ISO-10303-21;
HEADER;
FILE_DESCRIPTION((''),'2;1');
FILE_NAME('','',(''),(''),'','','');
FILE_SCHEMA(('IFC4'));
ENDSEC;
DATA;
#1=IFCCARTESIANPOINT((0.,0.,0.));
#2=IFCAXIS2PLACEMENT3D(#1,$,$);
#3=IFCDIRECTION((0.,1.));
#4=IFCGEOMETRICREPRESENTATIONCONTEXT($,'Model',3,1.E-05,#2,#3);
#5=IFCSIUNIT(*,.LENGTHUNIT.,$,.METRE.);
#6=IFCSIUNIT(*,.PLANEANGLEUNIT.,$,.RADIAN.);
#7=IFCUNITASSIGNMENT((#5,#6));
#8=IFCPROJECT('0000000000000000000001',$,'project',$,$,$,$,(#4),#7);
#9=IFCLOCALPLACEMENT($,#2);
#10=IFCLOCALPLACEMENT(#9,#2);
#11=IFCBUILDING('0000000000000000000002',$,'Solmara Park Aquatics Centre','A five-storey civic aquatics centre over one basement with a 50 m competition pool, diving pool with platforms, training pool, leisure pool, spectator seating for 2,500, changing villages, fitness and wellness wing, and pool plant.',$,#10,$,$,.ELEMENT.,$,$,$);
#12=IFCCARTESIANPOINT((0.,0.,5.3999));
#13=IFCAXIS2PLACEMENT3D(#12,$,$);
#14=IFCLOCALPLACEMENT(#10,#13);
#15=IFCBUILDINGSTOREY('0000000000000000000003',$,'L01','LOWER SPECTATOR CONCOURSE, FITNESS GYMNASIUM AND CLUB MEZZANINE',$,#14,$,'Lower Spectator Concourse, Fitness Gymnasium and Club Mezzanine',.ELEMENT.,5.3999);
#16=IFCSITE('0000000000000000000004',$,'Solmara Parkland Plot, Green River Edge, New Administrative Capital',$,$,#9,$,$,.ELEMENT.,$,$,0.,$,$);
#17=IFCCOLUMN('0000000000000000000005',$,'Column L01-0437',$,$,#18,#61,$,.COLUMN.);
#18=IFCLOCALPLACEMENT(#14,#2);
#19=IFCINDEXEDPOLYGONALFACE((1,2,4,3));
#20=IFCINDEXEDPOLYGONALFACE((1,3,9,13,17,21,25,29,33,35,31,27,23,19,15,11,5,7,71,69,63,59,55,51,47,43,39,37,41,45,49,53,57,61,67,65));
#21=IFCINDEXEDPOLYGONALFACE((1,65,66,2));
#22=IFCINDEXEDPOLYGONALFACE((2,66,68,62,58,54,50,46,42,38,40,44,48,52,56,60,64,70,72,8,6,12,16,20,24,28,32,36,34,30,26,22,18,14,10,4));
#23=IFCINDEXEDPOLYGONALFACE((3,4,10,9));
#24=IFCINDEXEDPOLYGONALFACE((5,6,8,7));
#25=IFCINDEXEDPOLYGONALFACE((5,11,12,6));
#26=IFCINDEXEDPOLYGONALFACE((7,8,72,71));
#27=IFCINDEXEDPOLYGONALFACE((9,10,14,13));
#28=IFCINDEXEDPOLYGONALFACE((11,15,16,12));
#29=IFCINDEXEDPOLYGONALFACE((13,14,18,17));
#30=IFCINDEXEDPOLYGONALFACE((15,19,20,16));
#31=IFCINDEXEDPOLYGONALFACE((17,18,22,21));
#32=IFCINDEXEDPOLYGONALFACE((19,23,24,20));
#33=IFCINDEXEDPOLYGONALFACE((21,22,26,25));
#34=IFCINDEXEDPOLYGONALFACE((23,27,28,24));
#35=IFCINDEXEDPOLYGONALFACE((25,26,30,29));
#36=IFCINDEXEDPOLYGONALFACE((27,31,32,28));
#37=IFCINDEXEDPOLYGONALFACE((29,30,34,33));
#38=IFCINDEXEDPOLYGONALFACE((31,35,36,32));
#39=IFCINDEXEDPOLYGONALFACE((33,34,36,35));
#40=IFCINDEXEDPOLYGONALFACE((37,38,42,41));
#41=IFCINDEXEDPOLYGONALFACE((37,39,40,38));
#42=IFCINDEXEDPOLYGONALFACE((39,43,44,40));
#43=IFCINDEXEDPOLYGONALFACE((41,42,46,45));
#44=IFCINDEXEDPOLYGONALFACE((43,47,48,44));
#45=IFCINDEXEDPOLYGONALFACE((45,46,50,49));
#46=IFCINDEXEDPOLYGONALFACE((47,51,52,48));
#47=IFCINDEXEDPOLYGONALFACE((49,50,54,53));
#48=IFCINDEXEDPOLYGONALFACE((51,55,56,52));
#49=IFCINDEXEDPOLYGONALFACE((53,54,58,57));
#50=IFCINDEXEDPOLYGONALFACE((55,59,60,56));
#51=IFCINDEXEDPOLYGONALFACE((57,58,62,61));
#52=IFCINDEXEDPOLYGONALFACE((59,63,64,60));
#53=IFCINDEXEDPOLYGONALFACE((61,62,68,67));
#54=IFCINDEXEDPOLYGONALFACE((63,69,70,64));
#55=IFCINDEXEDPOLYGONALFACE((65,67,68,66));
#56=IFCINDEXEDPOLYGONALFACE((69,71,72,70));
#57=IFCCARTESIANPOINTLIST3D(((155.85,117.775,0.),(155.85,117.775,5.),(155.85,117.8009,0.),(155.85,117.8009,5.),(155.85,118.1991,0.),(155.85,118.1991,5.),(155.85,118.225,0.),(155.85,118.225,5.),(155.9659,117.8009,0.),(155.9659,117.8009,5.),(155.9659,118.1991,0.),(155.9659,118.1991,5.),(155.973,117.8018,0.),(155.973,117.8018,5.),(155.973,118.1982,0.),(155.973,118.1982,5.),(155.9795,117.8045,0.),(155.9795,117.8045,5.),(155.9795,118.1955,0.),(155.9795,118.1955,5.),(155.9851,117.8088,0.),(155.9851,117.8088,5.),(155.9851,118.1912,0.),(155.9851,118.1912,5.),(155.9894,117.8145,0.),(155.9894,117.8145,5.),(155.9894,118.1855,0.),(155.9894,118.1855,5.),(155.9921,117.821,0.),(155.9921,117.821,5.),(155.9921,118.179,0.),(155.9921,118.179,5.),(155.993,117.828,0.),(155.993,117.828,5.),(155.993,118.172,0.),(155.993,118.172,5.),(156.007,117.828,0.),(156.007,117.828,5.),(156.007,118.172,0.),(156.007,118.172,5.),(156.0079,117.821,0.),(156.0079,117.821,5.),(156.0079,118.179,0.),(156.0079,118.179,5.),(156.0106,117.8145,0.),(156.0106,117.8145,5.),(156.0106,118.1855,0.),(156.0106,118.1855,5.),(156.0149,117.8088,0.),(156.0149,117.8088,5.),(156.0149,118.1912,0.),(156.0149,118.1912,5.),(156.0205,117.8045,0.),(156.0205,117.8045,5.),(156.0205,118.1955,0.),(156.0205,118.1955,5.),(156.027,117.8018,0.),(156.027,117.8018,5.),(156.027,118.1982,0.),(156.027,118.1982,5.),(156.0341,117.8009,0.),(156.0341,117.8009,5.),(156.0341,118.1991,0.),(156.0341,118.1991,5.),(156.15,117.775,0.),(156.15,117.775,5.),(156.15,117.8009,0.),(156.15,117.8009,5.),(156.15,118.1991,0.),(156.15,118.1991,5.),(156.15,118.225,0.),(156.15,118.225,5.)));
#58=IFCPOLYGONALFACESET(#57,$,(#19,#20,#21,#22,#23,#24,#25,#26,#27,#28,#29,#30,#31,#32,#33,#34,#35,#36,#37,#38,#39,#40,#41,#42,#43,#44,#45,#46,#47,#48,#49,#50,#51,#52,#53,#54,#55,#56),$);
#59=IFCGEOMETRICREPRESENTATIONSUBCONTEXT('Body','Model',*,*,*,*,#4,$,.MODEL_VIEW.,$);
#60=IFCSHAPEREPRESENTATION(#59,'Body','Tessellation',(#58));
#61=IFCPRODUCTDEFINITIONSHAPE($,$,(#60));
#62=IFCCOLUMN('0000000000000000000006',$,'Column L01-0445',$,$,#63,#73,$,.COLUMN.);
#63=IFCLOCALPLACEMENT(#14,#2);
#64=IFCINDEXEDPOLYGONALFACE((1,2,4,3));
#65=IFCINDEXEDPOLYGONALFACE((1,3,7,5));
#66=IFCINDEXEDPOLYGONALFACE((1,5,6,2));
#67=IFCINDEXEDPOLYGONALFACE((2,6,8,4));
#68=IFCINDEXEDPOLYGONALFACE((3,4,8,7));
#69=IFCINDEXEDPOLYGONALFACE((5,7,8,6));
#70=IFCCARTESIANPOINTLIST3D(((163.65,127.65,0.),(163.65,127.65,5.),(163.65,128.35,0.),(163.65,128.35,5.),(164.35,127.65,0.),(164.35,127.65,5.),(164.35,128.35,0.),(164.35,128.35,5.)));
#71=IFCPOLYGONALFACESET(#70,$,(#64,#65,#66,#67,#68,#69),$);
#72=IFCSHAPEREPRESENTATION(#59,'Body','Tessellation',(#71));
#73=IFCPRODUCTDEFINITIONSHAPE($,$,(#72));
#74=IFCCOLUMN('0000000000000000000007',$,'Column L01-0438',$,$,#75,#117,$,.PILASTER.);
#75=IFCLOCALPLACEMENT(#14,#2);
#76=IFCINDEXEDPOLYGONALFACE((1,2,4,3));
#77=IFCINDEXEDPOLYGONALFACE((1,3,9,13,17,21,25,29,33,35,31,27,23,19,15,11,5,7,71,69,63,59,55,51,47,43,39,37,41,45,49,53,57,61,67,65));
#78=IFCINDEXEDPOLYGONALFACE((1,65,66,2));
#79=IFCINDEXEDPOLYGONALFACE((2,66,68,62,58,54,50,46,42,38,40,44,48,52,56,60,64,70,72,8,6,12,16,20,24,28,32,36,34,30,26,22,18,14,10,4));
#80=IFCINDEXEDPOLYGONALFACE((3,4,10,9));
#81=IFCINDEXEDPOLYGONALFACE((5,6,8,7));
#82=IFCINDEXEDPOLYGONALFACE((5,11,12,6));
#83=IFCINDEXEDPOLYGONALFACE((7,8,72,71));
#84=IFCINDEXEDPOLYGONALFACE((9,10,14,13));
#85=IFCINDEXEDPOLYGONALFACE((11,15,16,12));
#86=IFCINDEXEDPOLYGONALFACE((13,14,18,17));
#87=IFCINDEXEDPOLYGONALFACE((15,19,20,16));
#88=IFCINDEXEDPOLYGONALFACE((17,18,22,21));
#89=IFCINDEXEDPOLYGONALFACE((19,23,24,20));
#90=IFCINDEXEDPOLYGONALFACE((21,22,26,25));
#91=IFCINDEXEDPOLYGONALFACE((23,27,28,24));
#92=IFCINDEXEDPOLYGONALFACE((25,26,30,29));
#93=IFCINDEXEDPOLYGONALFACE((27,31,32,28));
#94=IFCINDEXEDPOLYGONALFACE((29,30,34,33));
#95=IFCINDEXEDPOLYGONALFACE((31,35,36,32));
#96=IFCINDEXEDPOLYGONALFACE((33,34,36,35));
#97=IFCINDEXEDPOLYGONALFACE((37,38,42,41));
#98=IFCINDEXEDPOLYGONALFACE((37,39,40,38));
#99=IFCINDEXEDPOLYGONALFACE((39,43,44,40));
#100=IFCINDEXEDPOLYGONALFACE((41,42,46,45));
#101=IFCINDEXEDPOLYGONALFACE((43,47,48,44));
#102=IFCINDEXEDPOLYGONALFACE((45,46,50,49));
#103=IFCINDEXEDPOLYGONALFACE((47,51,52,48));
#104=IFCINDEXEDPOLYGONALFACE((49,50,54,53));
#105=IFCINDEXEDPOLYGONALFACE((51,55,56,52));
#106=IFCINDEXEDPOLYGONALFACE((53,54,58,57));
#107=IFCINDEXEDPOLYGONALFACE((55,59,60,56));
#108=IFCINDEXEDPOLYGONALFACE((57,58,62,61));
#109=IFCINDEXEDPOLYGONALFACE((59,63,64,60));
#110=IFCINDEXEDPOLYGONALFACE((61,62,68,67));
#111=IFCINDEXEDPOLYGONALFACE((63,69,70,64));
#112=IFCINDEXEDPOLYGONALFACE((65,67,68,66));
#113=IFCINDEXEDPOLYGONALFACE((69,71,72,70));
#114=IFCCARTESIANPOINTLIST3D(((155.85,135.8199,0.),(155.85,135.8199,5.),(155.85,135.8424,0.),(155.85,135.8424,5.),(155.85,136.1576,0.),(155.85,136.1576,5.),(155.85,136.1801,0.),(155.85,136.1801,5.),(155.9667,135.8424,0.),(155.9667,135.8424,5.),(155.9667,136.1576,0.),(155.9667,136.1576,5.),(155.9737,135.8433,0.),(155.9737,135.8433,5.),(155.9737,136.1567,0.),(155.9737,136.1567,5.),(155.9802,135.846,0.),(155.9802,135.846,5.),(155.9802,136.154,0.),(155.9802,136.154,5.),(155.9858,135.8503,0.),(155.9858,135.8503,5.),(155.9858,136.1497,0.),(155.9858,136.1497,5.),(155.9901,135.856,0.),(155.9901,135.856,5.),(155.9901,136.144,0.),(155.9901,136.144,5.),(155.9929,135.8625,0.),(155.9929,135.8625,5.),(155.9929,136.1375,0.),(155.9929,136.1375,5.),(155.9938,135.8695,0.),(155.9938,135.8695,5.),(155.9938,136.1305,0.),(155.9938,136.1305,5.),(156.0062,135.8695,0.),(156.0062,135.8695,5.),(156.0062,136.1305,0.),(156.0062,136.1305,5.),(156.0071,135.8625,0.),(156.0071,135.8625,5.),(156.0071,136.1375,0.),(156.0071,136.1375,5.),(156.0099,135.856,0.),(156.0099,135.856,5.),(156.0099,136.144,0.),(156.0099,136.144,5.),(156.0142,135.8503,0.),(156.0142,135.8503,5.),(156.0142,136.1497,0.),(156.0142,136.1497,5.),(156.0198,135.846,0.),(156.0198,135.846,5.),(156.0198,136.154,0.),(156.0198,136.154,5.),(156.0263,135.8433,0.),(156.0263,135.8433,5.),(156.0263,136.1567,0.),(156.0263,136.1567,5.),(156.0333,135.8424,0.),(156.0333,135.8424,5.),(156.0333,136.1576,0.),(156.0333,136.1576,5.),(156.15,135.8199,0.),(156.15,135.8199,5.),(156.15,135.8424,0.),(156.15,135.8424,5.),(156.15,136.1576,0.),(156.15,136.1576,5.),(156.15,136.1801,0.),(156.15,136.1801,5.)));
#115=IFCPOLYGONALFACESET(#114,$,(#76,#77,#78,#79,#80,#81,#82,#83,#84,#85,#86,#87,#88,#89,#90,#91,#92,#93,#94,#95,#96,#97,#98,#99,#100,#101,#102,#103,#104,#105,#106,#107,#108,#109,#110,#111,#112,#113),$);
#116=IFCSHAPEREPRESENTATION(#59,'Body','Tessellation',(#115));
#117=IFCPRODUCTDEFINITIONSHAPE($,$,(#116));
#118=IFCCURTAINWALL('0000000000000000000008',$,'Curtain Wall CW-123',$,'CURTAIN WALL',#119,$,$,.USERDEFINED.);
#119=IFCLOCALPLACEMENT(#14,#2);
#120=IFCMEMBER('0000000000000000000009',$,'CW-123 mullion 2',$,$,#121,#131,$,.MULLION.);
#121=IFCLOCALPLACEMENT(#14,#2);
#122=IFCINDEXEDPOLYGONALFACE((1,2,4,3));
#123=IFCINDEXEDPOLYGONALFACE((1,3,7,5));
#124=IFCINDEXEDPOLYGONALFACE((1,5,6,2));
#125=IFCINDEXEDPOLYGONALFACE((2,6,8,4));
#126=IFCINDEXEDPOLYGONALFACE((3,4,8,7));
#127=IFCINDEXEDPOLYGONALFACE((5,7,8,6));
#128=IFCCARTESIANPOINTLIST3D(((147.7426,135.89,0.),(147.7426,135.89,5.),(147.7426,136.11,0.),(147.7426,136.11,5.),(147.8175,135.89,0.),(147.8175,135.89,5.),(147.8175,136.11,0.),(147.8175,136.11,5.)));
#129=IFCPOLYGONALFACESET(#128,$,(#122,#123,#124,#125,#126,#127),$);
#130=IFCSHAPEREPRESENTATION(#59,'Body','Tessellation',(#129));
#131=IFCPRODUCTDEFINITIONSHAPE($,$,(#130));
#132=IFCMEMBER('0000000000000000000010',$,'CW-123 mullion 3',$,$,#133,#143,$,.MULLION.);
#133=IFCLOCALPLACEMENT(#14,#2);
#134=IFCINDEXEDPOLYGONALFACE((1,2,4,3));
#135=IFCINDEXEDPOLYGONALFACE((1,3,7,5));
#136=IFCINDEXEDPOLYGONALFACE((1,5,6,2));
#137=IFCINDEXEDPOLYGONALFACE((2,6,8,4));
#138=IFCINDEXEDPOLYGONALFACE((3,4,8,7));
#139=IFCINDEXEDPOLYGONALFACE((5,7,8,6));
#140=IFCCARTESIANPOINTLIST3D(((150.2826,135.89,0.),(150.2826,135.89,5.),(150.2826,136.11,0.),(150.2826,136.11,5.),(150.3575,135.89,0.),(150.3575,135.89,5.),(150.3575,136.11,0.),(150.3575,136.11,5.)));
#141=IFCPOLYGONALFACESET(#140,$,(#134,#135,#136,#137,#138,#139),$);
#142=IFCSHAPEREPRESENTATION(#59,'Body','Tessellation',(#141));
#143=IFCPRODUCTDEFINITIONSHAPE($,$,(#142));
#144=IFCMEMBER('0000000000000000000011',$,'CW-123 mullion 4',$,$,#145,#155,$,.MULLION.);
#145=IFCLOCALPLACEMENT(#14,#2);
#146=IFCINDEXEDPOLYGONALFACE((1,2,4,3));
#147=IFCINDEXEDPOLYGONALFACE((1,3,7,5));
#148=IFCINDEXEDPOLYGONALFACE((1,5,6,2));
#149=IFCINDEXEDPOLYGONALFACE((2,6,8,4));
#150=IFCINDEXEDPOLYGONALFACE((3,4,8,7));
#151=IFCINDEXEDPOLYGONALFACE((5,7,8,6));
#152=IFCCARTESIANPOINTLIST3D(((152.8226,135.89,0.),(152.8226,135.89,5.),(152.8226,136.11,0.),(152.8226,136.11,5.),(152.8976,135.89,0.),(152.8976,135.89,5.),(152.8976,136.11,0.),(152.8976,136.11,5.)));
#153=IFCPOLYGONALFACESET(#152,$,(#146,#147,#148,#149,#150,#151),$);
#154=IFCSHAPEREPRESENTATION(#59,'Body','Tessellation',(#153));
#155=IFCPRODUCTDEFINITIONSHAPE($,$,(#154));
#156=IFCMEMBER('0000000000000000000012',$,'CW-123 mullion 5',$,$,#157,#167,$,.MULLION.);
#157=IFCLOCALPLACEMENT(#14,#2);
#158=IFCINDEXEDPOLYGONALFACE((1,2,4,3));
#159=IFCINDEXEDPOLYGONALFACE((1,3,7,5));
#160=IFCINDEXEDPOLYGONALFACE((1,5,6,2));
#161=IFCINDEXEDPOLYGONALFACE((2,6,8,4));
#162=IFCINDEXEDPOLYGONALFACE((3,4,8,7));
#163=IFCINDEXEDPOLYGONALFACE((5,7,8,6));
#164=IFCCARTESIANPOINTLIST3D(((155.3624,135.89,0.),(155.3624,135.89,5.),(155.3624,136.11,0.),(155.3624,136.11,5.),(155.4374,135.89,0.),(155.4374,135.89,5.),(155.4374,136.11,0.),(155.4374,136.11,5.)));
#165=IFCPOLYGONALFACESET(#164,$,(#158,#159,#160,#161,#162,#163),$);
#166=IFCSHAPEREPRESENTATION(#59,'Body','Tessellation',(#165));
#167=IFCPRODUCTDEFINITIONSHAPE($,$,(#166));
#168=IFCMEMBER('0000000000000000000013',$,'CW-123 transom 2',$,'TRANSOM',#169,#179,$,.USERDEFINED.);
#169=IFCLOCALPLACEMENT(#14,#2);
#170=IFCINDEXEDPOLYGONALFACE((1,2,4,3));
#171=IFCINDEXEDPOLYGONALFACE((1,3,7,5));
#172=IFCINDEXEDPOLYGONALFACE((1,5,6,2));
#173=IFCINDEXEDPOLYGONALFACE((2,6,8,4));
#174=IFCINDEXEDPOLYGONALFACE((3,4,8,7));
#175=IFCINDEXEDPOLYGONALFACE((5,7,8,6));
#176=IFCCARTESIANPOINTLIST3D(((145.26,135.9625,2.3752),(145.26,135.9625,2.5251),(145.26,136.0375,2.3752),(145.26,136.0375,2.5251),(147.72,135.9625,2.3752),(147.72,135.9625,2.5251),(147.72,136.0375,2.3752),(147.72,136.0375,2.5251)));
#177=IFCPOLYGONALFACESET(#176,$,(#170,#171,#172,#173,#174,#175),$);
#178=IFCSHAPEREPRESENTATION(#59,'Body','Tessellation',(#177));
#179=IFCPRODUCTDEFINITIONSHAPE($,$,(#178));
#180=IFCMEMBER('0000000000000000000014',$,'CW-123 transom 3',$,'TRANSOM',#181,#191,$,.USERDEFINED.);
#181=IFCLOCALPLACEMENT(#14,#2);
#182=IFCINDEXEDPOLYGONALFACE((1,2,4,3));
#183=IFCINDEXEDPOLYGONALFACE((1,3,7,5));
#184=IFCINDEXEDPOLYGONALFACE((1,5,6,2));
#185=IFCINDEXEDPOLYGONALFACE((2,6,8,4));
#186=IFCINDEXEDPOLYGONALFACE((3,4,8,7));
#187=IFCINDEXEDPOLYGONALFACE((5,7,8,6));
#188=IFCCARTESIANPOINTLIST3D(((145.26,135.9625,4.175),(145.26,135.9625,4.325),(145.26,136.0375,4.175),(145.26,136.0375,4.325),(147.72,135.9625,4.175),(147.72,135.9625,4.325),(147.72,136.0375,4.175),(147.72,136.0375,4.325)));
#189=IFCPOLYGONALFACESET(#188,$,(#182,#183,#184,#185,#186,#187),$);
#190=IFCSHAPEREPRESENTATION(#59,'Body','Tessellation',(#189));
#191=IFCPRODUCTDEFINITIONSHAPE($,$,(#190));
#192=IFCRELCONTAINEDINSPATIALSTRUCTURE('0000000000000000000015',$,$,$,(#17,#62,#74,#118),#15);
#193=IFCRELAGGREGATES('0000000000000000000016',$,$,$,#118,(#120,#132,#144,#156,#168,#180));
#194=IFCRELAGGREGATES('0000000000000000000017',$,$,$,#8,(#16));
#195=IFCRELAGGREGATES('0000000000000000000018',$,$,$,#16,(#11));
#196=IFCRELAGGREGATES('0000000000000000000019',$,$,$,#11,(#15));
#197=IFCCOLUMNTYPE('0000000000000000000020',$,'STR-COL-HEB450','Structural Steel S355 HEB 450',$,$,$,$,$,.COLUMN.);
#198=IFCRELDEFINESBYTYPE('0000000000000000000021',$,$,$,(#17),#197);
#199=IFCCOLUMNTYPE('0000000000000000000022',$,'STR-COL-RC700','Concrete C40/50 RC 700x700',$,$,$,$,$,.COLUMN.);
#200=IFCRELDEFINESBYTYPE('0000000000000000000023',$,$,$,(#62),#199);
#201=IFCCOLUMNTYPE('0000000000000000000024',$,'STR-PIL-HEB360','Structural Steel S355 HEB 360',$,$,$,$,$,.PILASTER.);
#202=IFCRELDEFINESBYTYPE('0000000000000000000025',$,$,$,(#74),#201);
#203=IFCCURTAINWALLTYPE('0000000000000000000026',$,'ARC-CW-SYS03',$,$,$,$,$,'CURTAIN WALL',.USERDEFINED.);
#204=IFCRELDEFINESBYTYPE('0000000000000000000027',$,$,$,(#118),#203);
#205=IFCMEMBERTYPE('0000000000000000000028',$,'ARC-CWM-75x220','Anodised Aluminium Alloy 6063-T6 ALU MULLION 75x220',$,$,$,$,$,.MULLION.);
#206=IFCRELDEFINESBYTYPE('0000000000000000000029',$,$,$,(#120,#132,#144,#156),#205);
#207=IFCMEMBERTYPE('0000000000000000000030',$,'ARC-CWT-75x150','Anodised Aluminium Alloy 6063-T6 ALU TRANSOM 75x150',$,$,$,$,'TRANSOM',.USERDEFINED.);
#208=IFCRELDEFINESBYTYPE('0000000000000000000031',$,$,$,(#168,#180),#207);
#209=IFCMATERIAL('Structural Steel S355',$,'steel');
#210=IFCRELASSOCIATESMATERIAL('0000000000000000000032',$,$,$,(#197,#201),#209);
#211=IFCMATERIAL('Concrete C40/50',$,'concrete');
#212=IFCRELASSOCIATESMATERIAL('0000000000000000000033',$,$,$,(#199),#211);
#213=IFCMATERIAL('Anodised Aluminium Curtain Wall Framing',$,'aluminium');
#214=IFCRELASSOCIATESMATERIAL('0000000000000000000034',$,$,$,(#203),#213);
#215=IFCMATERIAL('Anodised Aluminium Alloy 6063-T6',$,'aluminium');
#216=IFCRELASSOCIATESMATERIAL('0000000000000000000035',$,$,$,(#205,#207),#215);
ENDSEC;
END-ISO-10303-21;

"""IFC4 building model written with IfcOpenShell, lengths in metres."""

from ifc_helpers import new_model, si_unit, direction, frame, origin, origin_2d, place, context, subcontext, project, spatial, rectangle, i_section, extrude, material, material_profile, profile_set, type_object, element, aggregate, save


model = new_model("IFC4")

# Units and contexts
model_context = context("Model", 3, precision=1e-05, world=origin(), true_north=direction((0.0, 1.0)))
body_context = subcontext(model_context, "Body", "Model", "MODEL_VIEW")
ifc_project = project(units=[si_unit("LENGTHUNIT", "METRE"), si_unit("PLANEANGLEUNIT", "RADIAN")], contexts=[model_context])

# Site, building, storey
site_placement = place(None, origin())
site = spatial("IfcSite", under=ifc_project, at=site_placement, Name="Solmara Parkland Plot, Green River Edge, New Administrative Capital", CompositionType="ELEMENT", RefElevation=0.0)
building_placement = place(site_placement, origin())
building = spatial("IfcBuilding", under=site, at=building_placement, Name="Solmara Park Aquatics Centre", Description="A five-storey civic aquatics centre over one basement with a 50 m competition pool, diving pool with platforms, training pool, leisure pool, spectator seating for 2,500, changing villages, fitness and wellness wing, and pool plant.", CompositionType="ELEMENT")
storey_placement = place(building_placement, frame((0.0, 0.0, 5.3999)))
storey = spatial("IfcBuildingStorey", under=building, at=storey_placement, Name="L01", Description="LOWER SPECTATOR CONCOURSE, FITNESS GYMNASIUM AND CLUB MEZZANINE", LongName="Lower Spectator Concourse, Fitness Gymnasium and Club Mezzanine", CompositionType="ELEMENT", Elevation=5.3999)

# Columns
ifc_material_1 = material(Name="Structural Steel S355", Category="steel")
ifc_material_profile_1 = material_profile(ifc_material_1, i_section(OverallWidth=0.3, OverallDepth=0.45, WebThickness=0.0139, FlangeThickness=0.0259, FilletRadius=0.0271, at=origin_2d()), Name="HEB 450")
ifc_profile_set_1 = profile_set([ifc_material_profile_1], Name="Structural Steel S355")
column_type_1 = type_object("IfcColumnType", Name="STR-COL-HEB450", Description="Structural Steel S355 HEB 450", PredefinedType="COLUMN", material=ifc_profile_set_1)
column_1_placement = place(storey_placement, frame((156.0, 118.0, 0.0), z_axis=(0.0, 0.0, 1.0), x_axis=(1.0, 0.0, 0.0)))
element("IfcColumn", 1, at=column_1_placement, inside=storey, type_object=column_type_1, Name="Column L01-0437", PredefinedType="COLUMN", context=body_context, shape_type="SweptSolid", body=[
    extrude(i_section(OverallWidth=0.3, OverallDepth=0.45, WebThickness=0.0139, FlangeThickness=0.0259, FilletRadius=0.0271, at=origin_2d()), origin(), (0.0, 0.0, 1.0), 5.0),
])
ifc_material_2 = material(Name="Concrete C40/50", Category="concrete")
ifc_material_profile_2 = material_profile(ifc_material_2, rectangle(XDim=0.7, YDim=0.7, at=origin_2d()), Name="RC 700x700")
ifc_profile_set_2 = profile_set([ifc_material_profile_2], Name="Concrete C40/50")
column_type_2 = type_object("IfcColumnType", Name="STR-COL-RC700", Description="Concrete C40/50 RC 700x700", PredefinedType="COLUMN", material=ifc_profile_set_2)
column_2_placement = place(storey_placement, frame((164.0, 128.0, 0.0), z_axis=(0.0, 0.0, 1.0), x_axis=(1.0, 0.0, 0.0)))
element("IfcColumn", 2, at=column_2_placement, inside=storey, type_object=column_type_2, Name="Column L01-0445", PredefinedType="COLUMN", context=body_context, shape_type="SweptSolid", body=[
    extrude(rectangle(XDim=0.7, YDim=0.7, at=origin_2d()), origin(), (0.0, 0.0, 1.0), 5.0),
])
ifc_material_profile_3 = material_profile(ifc_material_1, i_section(OverallWidth=0.3, OverallDepth=0.3601, WebThickness=0.0125, FlangeThickness=0.0225, FilletRadius=0.0271, at=origin_2d()), Name="HEB 360")
ifc_profile_set_3 = profile_set([ifc_material_profile_3], Name="Structural Steel S355")
column_type_3 = type_object("IfcColumnType", Name="STR-PIL-HEB360", Description="Structural Steel S355 HEB 360", PredefinedType="PILASTER", material=ifc_profile_set_3)
column_3_placement = place(storey_placement, frame((156.0, 136.0, 0.0), z_axis=(0.0, 0.0, 1.0), x_axis=(1.0, 0.0, 0.0)))
element("IfcColumn", 3, at=column_3_placement, inside=storey, type_object=column_type_3, Name="Column L01-0438", PredefinedType="PILASTER", context=body_context, shape_type="SweptSolid", body=[
    extrude(i_section(OverallWidth=0.3, OverallDepth=0.3601, WebThickness=0.0125, FlangeThickness=0.0225, FilletRadius=0.0271, at=origin_2d()), origin(), (0.0, 0.0, 1.0), 5.0),
])

# Curtain wall, members
ifc_material_3 = material(Name="Anodised Aluminium Curtain Wall Framing", Category="aluminium")
curtain_wall_type = type_object("IfcCurtainWallType", Name="ARC-CW-SYS03", ElementType="CURTAIN WALL", PredefinedType="USERDEFINED", material=ifc_material_3)
curtain_wall_placement = place(storey_placement, origin())
curtain_wall = element("IfcCurtainWall", 4, at=curtain_wall_placement, inside=storey, type_object=curtain_wall_type, Name="Curtain Wall CW-123", ObjectType="CURTAIN WALL", PredefinedType="USERDEFINED")
ifc_material_4 = material(Name="Anodised Aluminium Alloy 6063-T6", Category="aluminium")
ifc_material_profile_4 = material_profile(ifc_material_4, rectangle(XDim=0.075, YDim=0.22, at=origin_2d()), Name="ALU MULLION 75x220")
ifc_profile_set_4 = profile_set([ifc_material_profile_4], Name="Anodised Aluminium Alloy 6063-T6")
member_type_1 = type_object("IfcMemberType", Name="ARC-CWM-75x220", Description="Anodised Aluminium Alloy 6063-T6 ALU MULLION 75x220", PredefinedType="MULLION", material=ifc_profile_set_4)
member_1_placement = place(storey_placement, frame((147.78, 136.0, 0.0), z_axis=(0.0, 0.0, 1.0), x_axis=(1.0, 0.0, 0.0)))
member_1 = element("IfcMember", 5, at=member_1_placement, type_object=member_type_1, Name="CW-123 mullion 2", PredefinedType="MULLION", context=body_context, shape_type="SweptSolid", body=[
    extrude(rectangle(XDim=0.075, YDim=0.22, at=origin_2d()), origin(), (0.0, 0.0, 1.0), 5.0),
])
member_2_placement = place(storey_placement, frame((150.3201, 136.0, 0.0), z_axis=(0.0, 0.0, 1.0), x_axis=(1.0, 0.0, 0.0)))
member_2 = element("IfcMember", 6, at=member_2_placement, type_object=member_type_1, Name="CW-123 mullion 3", PredefinedType="MULLION", context=body_context, shape_type="SweptSolid", body=[
    extrude(rectangle(XDim=0.075, YDim=0.22, at=origin_2d()), origin(), (0.0, 0.0, 1.0), 5.0),
])
member_3_placement = place(storey_placement, frame((152.8601, 136.0, 0.0), z_axis=(0.0, 0.0, 1.0), x_axis=(1.0, 0.0, 0.0)))
member_3 = element("IfcMember", 7, at=member_3_placement, type_object=member_type_1, Name="CW-123 mullion 4", PredefinedType="MULLION", context=body_context, shape_type="SweptSolid", body=[
    extrude(rectangle(XDim=0.075, YDim=0.22, at=origin_2d()), origin(), (0.0, 0.0, 1.0), 5.0),
])
member_4_placement = place(storey_placement, frame((155.3999, 136.0, 0.0), z_axis=(0.0, 0.0, 1.0), x_axis=(1.0, 0.0, 0.0)))
member_4 = element("IfcMember", 8, at=member_4_placement, type_object=member_type_1, Name="CW-123 mullion 5", PredefinedType="MULLION", context=body_context, shape_type="SweptSolid", body=[
    extrude(rectangle(XDim=0.075, YDim=0.22, at=origin_2d()), origin(), (0.0, 0.0, 1.0), 5.0),
])
ifc_material_profile_5 = material_profile(ifc_material_4, rectangle(XDim=0.075, YDim=0.1499, at=origin_2d()), Name="ALU TRANSOM 75x150")
ifc_profile_set_5 = profile_set([ifc_material_profile_5], Name="Anodised Aluminium Alloy 6063-T6")
member_type_2 = type_object("IfcMemberType", Name="ARC-CWT-75x150", Description="Anodised Aluminium Alloy 6063-T6 ALU TRANSOM 75x150", ElementType="TRANSOM", PredefinedType="USERDEFINED", material=ifc_profile_set_5)
member_5_placement = place(storey_placement, frame((145.26, 136.0, 2.4502), z_axis=(1.0, 0.0, 0.0), x_axis=(0.0, 1.0, 0.0)))
member_5 = element("IfcMember", 9, at=member_5_placement, type_object=member_type_2, Name="CW-123 transom 2", ObjectType="TRANSOM", PredefinedType="USERDEFINED", context=body_context, shape_type="SweptSolid", body=[
    extrude(rectangle(XDim=0.075, YDim=0.1499, at=origin_2d()), origin(), (0.0, 0.0, 1.0), 2.46),
])
member_6_placement = place(storey_placement, frame((145.26, 136.0, 4.25), z_axis=(1.0, 0.0, 0.0), x_axis=(0.0, 1.0, 0.0)))
member_6 = element("IfcMember", 10, at=member_6_placement, type_object=member_type_2, Name="CW-123 transom 3", ObjectType="TRANSOM", PredefinedType="USERDEFINED", context=body_context, shape_type="SweptSolid", body=[
    extrude(rectangle(XDim=0.075, YDim=0.1499, at=origin_2d()), origin(), (0.0, 0.0, 1.0), 2.46),
])
aggregate(curtain_wall, [member_1, member_2, member_3, member_4, member_5, member_6])

save(model, "model.ifc")
